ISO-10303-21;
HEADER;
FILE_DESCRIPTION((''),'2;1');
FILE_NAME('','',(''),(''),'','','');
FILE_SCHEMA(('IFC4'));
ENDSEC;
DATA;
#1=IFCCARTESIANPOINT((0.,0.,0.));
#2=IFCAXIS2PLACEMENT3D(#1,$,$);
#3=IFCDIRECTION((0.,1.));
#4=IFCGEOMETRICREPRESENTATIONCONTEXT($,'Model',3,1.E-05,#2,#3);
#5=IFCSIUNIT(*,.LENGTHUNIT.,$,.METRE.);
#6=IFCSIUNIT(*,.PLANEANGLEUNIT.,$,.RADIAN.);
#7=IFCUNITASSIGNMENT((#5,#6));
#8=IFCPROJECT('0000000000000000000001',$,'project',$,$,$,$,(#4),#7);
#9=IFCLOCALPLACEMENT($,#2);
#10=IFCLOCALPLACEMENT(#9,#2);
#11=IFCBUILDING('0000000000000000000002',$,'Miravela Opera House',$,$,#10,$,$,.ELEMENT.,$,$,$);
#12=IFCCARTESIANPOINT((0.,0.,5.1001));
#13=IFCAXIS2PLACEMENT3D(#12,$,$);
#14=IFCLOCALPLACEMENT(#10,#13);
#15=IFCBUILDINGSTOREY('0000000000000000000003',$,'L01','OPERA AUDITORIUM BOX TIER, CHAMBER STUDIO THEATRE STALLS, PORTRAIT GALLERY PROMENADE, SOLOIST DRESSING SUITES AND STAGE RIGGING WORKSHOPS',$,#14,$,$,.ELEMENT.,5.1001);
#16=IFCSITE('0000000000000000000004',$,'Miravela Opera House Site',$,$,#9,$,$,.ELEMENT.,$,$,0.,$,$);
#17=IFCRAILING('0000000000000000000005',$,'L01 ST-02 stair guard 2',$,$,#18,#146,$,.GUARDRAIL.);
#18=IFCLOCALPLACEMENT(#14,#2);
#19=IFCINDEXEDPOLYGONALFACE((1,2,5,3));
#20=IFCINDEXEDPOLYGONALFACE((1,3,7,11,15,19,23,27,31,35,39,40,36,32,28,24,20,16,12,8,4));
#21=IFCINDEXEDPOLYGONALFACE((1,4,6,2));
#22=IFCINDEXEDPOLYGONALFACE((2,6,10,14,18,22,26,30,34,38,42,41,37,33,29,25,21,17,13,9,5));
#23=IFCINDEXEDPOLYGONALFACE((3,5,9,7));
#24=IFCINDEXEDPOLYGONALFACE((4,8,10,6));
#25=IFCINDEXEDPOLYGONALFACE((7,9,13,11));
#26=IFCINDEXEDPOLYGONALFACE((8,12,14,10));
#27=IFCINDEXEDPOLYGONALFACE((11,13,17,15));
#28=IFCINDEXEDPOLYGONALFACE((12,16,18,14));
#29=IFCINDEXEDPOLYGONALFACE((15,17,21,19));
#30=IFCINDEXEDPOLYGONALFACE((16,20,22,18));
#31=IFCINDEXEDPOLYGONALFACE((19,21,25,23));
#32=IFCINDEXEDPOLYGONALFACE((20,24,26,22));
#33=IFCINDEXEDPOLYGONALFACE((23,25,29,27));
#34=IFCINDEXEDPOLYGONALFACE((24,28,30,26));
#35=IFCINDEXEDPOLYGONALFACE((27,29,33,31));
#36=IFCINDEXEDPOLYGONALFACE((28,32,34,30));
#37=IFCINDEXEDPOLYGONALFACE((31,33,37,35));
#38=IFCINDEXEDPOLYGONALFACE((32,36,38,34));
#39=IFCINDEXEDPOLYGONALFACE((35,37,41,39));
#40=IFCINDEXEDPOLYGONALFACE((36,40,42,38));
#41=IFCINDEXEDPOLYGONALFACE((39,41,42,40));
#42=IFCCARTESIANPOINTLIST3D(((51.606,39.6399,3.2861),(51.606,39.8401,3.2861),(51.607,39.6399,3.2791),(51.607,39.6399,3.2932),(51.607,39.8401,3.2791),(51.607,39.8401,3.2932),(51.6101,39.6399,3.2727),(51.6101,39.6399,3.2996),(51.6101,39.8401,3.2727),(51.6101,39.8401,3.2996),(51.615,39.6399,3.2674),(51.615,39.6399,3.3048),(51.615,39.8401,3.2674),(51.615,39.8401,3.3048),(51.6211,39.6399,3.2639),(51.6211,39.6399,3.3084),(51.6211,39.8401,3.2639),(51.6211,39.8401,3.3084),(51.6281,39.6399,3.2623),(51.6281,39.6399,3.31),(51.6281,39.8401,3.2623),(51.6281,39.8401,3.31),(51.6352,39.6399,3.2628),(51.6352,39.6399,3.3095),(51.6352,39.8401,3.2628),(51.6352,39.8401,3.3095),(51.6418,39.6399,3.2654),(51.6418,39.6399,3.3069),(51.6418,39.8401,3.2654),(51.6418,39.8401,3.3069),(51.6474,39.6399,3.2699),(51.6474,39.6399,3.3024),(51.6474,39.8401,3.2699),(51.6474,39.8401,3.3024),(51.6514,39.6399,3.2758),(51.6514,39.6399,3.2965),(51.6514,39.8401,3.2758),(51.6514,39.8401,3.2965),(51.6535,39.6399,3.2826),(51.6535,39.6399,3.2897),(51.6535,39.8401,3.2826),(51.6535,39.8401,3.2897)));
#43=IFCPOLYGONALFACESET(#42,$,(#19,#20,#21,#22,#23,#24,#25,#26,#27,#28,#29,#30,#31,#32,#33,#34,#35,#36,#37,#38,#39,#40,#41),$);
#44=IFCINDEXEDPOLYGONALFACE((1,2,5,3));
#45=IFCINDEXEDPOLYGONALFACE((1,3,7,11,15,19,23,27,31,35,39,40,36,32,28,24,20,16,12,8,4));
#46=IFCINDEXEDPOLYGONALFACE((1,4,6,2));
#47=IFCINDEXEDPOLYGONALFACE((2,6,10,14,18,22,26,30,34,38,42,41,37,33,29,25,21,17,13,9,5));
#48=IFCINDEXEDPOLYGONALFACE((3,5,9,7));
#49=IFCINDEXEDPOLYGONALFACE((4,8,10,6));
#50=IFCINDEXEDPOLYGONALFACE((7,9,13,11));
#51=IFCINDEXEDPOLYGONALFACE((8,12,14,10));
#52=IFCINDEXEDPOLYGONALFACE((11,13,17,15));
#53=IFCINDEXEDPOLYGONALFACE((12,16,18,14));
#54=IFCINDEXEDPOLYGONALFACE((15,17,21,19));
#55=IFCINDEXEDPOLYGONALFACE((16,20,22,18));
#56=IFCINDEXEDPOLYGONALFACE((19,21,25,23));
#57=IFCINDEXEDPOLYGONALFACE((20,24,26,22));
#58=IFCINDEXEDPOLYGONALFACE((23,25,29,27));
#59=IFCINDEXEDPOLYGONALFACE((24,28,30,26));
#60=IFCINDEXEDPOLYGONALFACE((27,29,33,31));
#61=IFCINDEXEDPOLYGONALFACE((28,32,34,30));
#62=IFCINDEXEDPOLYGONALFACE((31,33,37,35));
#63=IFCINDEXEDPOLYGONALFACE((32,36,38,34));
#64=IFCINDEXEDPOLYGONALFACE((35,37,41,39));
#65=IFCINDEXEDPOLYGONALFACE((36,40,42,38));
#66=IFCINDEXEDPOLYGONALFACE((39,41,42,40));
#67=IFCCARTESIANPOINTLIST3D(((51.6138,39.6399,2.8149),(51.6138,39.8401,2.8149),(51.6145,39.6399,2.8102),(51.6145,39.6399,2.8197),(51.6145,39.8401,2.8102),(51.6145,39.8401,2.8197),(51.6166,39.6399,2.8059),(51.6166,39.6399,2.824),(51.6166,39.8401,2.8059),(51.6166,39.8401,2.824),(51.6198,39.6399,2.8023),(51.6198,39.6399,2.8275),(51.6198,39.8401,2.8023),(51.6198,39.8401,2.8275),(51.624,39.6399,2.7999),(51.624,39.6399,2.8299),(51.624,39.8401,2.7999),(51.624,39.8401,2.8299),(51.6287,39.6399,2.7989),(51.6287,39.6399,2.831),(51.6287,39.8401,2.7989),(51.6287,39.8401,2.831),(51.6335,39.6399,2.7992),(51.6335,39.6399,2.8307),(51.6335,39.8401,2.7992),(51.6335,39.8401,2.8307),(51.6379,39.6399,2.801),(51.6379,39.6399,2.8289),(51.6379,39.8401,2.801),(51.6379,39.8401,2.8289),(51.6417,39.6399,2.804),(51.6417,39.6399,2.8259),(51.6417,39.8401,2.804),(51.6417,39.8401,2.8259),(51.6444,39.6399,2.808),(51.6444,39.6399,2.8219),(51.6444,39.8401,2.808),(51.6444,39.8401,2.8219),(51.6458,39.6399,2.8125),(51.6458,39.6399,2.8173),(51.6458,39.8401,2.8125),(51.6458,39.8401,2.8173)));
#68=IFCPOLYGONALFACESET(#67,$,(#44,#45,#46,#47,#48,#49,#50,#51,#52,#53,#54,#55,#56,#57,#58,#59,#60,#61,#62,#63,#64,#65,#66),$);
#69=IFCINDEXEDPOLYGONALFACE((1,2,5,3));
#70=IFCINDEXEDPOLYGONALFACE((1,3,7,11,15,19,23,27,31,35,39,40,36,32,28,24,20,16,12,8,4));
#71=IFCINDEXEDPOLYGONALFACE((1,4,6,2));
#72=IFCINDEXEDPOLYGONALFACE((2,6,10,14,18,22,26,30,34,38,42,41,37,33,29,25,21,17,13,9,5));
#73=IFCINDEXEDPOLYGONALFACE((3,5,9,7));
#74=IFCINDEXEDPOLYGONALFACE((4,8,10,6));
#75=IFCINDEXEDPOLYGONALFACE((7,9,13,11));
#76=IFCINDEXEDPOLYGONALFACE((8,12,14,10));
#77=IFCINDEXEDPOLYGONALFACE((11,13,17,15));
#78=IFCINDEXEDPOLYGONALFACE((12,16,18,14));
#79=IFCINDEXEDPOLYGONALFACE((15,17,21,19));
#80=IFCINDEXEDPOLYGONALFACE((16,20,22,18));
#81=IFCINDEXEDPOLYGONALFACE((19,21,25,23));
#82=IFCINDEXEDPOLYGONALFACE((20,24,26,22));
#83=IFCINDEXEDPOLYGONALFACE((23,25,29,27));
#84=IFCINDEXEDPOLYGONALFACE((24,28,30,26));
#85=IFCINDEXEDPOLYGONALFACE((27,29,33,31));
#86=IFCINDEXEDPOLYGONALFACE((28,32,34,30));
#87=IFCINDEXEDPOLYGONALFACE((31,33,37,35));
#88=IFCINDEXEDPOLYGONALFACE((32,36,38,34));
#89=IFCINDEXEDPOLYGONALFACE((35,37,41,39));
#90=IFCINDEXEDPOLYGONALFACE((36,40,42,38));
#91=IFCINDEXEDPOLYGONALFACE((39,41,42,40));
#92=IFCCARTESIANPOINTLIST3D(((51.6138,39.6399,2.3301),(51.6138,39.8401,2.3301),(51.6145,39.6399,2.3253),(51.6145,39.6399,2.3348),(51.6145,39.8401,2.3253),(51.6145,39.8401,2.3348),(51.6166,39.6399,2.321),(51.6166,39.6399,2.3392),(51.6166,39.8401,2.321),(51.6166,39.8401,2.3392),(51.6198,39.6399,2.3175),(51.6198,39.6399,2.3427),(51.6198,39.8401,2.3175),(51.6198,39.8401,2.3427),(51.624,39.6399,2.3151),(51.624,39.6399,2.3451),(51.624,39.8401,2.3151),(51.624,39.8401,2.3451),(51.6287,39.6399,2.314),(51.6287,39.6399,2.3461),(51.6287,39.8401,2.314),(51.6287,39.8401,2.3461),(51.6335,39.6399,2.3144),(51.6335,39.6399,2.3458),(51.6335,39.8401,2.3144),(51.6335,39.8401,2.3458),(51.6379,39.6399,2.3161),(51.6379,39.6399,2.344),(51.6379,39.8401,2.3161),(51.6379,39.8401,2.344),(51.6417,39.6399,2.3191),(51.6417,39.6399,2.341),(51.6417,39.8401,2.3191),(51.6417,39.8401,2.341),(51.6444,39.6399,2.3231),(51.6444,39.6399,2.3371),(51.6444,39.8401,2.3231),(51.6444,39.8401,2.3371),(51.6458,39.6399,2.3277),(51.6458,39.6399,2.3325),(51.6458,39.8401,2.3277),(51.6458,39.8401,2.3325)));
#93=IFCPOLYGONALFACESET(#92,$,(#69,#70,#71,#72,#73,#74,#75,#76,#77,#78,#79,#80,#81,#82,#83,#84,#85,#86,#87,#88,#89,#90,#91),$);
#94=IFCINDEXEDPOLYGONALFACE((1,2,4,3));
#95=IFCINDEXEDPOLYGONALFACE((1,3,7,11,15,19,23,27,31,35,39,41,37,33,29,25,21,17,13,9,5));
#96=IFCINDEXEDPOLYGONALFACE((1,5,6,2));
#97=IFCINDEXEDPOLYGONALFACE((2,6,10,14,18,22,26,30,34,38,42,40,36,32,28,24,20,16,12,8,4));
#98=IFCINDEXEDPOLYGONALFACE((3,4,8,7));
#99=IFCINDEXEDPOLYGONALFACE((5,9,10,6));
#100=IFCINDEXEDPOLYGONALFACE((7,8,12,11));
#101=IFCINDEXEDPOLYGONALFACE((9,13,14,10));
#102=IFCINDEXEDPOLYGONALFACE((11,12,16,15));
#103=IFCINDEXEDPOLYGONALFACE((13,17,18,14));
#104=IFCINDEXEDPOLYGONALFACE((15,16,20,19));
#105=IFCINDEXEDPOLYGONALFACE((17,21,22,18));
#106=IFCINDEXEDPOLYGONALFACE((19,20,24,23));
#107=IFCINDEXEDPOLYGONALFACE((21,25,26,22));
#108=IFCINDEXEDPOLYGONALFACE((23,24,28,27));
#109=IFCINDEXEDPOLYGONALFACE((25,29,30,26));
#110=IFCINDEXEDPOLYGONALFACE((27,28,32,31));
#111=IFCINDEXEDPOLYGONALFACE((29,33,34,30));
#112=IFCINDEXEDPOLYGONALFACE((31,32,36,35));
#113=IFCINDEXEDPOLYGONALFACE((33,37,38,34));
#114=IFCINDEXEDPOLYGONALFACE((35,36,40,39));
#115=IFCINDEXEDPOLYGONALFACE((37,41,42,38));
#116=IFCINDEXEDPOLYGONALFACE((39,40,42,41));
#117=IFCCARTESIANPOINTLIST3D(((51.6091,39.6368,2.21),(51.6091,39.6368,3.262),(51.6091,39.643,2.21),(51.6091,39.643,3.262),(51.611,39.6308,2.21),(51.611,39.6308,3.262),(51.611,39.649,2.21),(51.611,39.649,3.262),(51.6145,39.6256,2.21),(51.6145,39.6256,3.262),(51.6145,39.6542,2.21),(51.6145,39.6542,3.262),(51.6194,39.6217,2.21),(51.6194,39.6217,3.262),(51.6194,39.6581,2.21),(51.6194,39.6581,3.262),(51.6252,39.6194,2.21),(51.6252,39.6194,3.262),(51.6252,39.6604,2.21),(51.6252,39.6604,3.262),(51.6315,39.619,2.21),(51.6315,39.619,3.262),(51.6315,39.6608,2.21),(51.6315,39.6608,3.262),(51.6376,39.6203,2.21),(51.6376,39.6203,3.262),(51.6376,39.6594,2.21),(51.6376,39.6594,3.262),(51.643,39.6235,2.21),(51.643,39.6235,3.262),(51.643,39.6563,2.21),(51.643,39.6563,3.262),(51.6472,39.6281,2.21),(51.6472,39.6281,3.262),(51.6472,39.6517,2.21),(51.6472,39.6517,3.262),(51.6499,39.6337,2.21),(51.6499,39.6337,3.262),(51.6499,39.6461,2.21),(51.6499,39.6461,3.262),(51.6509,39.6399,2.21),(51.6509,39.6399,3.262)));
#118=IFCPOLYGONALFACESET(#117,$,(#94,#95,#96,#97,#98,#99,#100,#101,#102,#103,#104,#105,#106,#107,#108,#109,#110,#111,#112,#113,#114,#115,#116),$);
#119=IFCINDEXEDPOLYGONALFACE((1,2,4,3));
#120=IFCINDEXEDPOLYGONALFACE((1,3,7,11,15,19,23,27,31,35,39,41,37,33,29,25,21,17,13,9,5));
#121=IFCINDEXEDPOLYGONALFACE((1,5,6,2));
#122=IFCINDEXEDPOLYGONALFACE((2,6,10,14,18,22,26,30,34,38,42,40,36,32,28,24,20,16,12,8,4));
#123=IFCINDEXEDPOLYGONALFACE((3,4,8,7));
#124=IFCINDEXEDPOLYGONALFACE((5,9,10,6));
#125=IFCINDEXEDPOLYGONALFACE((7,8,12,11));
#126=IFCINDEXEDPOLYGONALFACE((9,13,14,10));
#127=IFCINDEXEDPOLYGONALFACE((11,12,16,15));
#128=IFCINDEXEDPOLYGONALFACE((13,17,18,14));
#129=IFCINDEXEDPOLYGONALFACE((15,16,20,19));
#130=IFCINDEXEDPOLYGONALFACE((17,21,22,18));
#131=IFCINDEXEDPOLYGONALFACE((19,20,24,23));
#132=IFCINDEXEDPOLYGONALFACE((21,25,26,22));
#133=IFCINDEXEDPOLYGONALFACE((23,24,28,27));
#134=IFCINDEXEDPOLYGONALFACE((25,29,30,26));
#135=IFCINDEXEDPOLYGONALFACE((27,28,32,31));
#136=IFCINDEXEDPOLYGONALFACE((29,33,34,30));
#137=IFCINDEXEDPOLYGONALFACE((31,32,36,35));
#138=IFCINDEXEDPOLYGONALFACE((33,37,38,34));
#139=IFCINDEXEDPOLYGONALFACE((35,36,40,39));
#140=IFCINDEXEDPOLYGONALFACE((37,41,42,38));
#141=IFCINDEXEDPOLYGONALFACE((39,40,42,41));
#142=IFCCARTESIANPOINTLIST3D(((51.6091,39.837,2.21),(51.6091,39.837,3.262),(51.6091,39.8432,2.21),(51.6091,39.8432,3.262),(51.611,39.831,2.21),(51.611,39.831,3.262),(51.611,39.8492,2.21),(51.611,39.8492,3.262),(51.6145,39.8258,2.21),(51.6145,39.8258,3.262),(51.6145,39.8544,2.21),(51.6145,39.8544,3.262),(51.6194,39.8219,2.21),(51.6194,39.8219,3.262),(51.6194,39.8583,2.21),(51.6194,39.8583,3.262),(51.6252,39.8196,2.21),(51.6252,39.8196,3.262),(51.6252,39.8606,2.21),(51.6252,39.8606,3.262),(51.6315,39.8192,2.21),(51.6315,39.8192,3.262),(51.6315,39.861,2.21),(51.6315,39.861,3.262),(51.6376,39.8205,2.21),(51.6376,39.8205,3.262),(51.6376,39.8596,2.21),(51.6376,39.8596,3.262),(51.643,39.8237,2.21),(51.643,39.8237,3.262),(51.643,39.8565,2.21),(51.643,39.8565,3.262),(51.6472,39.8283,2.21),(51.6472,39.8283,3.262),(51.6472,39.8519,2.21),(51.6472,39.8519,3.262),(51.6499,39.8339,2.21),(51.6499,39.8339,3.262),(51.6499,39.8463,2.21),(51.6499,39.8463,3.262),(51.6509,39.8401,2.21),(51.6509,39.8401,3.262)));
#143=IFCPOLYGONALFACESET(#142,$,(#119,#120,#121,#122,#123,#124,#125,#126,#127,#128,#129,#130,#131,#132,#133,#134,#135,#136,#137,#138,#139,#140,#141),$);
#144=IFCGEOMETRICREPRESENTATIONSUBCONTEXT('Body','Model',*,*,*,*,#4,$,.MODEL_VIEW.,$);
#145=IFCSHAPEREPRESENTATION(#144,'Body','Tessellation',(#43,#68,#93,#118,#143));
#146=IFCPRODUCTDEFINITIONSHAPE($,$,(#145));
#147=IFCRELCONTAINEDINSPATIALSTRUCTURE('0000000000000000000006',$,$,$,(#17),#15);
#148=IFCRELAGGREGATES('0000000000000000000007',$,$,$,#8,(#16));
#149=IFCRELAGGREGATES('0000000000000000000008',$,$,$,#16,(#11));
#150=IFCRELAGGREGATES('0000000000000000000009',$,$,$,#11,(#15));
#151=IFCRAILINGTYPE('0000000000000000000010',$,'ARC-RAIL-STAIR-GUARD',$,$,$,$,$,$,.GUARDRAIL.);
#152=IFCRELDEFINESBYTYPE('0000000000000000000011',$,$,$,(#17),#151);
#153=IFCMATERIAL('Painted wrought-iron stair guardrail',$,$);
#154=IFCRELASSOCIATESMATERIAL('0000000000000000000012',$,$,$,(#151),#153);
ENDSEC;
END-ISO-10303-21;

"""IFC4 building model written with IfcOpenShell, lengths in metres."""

from ifc_helpers import new_model, si_unit, direction, frame, origin, origin_2d, place, context, subcontext, project, spatial, circle, extrude, material, type_object, element, save


model = new_model("IFC4")

# Units and contexts
model_context = context("Model", 3, precision=1e-05, world=origin(), true_north=direction((0.0, 1.0)))
body_context = subcontext(model_context, "Body", "Model", "MODEL_VIEW")
ifc_project = project(units=[si_unit("LENGTHUNIT", "METRE"), si_unit("PLANEANGLEUNIT", "RADIAN")], contexts=[model_context])

# Site, building, storey
site_placement = place(None, origin())
site = spatial("IfcSite", under=ifc_project, at=site_placement, Name="Miravela Opera House Site", CompositionType="ELEMENT", RefElevation=0.0)
building_placement = place(site_placement, origin())
building = spatial("IfcBuilding", under=site, at=building_placement, Name="Miravela Opera House", CompositionType="ELEMENT")
storey_placement = place(building_placement, frame((0.0, 0.0, 5.1001)))
storey = spatial("IfcBuildingStorey", under=building, at=storey_placement, Name="L01", Description="OPERA AUDITORIUM BOX TIER, CHAMBER STUDIO THEATRE STALLS, PORTRAIT GALLERY PROMENADE, SOLOIST DRESSING SUITES AND STAGE RIGGING WORKSHOPS", CompositionType="ELEMENT", Elevation=5.1001)

# Railing
ifc_material_1 = material(Name="Painted wrought-iron stair guardrail")
railing_type_1 = type_object("IfcRailingType", Name="ARC-RAIL-STAIR-GUARD", PredefinedType="GUARDRAIL", material=ifc_material_1)
railing_1_placement = place(storey_placement, frame((51.6299, 39.6399, 2.21)))
element("IfcRailing", 1, at=railing_1_placement, inside=storey, type_object=railing_type_1, Name="L01 ST-02 stair guard 2", PredefinedType="GUARDRAIL", context=body_context, shape_type="SweptSolid", body=[
    extrude(circle(Radius=0.0239, at=origin_2d()), frame((0.0, 0.0, 1.0762), z_axis=(0.0, 1.0, 0.0), x_axis=(-1.0, 0.0, 0.0)), (0.0, 0.0, 1.0), 0.2002),
    extrude(circle(Radius=0.0161, at=origin_2d()), frame((0.0, 0.0, 0.605), z_axis=(0.0, 1.0, 0.0), x_axis=(-1.0, 0.0, 0.0)), (0.0, 0.0, 1.0), 0.2002),
    extrude(circle(Radius=0.0161, at=origin_2d()), frame((0.0, 0.0, 0.1201), z_axis=(0.0, 1.0, 0.0), x_axis=(-1.0, 0.0, 0.0)), (0.0, 0.0, 1.0), 0.2002),
    extrude(circle(Radius=0.021, at=origin_2d()), origin(), (0.0, 0.0, 1.0), 1.052),
    extrude(circle(Radius=0.021, at=origin_2d()), frame((0.0, 0.2002, 0.0)), (0.0, 0.0, 1.0), 1.052),
])

save(model, "model.ifc")
